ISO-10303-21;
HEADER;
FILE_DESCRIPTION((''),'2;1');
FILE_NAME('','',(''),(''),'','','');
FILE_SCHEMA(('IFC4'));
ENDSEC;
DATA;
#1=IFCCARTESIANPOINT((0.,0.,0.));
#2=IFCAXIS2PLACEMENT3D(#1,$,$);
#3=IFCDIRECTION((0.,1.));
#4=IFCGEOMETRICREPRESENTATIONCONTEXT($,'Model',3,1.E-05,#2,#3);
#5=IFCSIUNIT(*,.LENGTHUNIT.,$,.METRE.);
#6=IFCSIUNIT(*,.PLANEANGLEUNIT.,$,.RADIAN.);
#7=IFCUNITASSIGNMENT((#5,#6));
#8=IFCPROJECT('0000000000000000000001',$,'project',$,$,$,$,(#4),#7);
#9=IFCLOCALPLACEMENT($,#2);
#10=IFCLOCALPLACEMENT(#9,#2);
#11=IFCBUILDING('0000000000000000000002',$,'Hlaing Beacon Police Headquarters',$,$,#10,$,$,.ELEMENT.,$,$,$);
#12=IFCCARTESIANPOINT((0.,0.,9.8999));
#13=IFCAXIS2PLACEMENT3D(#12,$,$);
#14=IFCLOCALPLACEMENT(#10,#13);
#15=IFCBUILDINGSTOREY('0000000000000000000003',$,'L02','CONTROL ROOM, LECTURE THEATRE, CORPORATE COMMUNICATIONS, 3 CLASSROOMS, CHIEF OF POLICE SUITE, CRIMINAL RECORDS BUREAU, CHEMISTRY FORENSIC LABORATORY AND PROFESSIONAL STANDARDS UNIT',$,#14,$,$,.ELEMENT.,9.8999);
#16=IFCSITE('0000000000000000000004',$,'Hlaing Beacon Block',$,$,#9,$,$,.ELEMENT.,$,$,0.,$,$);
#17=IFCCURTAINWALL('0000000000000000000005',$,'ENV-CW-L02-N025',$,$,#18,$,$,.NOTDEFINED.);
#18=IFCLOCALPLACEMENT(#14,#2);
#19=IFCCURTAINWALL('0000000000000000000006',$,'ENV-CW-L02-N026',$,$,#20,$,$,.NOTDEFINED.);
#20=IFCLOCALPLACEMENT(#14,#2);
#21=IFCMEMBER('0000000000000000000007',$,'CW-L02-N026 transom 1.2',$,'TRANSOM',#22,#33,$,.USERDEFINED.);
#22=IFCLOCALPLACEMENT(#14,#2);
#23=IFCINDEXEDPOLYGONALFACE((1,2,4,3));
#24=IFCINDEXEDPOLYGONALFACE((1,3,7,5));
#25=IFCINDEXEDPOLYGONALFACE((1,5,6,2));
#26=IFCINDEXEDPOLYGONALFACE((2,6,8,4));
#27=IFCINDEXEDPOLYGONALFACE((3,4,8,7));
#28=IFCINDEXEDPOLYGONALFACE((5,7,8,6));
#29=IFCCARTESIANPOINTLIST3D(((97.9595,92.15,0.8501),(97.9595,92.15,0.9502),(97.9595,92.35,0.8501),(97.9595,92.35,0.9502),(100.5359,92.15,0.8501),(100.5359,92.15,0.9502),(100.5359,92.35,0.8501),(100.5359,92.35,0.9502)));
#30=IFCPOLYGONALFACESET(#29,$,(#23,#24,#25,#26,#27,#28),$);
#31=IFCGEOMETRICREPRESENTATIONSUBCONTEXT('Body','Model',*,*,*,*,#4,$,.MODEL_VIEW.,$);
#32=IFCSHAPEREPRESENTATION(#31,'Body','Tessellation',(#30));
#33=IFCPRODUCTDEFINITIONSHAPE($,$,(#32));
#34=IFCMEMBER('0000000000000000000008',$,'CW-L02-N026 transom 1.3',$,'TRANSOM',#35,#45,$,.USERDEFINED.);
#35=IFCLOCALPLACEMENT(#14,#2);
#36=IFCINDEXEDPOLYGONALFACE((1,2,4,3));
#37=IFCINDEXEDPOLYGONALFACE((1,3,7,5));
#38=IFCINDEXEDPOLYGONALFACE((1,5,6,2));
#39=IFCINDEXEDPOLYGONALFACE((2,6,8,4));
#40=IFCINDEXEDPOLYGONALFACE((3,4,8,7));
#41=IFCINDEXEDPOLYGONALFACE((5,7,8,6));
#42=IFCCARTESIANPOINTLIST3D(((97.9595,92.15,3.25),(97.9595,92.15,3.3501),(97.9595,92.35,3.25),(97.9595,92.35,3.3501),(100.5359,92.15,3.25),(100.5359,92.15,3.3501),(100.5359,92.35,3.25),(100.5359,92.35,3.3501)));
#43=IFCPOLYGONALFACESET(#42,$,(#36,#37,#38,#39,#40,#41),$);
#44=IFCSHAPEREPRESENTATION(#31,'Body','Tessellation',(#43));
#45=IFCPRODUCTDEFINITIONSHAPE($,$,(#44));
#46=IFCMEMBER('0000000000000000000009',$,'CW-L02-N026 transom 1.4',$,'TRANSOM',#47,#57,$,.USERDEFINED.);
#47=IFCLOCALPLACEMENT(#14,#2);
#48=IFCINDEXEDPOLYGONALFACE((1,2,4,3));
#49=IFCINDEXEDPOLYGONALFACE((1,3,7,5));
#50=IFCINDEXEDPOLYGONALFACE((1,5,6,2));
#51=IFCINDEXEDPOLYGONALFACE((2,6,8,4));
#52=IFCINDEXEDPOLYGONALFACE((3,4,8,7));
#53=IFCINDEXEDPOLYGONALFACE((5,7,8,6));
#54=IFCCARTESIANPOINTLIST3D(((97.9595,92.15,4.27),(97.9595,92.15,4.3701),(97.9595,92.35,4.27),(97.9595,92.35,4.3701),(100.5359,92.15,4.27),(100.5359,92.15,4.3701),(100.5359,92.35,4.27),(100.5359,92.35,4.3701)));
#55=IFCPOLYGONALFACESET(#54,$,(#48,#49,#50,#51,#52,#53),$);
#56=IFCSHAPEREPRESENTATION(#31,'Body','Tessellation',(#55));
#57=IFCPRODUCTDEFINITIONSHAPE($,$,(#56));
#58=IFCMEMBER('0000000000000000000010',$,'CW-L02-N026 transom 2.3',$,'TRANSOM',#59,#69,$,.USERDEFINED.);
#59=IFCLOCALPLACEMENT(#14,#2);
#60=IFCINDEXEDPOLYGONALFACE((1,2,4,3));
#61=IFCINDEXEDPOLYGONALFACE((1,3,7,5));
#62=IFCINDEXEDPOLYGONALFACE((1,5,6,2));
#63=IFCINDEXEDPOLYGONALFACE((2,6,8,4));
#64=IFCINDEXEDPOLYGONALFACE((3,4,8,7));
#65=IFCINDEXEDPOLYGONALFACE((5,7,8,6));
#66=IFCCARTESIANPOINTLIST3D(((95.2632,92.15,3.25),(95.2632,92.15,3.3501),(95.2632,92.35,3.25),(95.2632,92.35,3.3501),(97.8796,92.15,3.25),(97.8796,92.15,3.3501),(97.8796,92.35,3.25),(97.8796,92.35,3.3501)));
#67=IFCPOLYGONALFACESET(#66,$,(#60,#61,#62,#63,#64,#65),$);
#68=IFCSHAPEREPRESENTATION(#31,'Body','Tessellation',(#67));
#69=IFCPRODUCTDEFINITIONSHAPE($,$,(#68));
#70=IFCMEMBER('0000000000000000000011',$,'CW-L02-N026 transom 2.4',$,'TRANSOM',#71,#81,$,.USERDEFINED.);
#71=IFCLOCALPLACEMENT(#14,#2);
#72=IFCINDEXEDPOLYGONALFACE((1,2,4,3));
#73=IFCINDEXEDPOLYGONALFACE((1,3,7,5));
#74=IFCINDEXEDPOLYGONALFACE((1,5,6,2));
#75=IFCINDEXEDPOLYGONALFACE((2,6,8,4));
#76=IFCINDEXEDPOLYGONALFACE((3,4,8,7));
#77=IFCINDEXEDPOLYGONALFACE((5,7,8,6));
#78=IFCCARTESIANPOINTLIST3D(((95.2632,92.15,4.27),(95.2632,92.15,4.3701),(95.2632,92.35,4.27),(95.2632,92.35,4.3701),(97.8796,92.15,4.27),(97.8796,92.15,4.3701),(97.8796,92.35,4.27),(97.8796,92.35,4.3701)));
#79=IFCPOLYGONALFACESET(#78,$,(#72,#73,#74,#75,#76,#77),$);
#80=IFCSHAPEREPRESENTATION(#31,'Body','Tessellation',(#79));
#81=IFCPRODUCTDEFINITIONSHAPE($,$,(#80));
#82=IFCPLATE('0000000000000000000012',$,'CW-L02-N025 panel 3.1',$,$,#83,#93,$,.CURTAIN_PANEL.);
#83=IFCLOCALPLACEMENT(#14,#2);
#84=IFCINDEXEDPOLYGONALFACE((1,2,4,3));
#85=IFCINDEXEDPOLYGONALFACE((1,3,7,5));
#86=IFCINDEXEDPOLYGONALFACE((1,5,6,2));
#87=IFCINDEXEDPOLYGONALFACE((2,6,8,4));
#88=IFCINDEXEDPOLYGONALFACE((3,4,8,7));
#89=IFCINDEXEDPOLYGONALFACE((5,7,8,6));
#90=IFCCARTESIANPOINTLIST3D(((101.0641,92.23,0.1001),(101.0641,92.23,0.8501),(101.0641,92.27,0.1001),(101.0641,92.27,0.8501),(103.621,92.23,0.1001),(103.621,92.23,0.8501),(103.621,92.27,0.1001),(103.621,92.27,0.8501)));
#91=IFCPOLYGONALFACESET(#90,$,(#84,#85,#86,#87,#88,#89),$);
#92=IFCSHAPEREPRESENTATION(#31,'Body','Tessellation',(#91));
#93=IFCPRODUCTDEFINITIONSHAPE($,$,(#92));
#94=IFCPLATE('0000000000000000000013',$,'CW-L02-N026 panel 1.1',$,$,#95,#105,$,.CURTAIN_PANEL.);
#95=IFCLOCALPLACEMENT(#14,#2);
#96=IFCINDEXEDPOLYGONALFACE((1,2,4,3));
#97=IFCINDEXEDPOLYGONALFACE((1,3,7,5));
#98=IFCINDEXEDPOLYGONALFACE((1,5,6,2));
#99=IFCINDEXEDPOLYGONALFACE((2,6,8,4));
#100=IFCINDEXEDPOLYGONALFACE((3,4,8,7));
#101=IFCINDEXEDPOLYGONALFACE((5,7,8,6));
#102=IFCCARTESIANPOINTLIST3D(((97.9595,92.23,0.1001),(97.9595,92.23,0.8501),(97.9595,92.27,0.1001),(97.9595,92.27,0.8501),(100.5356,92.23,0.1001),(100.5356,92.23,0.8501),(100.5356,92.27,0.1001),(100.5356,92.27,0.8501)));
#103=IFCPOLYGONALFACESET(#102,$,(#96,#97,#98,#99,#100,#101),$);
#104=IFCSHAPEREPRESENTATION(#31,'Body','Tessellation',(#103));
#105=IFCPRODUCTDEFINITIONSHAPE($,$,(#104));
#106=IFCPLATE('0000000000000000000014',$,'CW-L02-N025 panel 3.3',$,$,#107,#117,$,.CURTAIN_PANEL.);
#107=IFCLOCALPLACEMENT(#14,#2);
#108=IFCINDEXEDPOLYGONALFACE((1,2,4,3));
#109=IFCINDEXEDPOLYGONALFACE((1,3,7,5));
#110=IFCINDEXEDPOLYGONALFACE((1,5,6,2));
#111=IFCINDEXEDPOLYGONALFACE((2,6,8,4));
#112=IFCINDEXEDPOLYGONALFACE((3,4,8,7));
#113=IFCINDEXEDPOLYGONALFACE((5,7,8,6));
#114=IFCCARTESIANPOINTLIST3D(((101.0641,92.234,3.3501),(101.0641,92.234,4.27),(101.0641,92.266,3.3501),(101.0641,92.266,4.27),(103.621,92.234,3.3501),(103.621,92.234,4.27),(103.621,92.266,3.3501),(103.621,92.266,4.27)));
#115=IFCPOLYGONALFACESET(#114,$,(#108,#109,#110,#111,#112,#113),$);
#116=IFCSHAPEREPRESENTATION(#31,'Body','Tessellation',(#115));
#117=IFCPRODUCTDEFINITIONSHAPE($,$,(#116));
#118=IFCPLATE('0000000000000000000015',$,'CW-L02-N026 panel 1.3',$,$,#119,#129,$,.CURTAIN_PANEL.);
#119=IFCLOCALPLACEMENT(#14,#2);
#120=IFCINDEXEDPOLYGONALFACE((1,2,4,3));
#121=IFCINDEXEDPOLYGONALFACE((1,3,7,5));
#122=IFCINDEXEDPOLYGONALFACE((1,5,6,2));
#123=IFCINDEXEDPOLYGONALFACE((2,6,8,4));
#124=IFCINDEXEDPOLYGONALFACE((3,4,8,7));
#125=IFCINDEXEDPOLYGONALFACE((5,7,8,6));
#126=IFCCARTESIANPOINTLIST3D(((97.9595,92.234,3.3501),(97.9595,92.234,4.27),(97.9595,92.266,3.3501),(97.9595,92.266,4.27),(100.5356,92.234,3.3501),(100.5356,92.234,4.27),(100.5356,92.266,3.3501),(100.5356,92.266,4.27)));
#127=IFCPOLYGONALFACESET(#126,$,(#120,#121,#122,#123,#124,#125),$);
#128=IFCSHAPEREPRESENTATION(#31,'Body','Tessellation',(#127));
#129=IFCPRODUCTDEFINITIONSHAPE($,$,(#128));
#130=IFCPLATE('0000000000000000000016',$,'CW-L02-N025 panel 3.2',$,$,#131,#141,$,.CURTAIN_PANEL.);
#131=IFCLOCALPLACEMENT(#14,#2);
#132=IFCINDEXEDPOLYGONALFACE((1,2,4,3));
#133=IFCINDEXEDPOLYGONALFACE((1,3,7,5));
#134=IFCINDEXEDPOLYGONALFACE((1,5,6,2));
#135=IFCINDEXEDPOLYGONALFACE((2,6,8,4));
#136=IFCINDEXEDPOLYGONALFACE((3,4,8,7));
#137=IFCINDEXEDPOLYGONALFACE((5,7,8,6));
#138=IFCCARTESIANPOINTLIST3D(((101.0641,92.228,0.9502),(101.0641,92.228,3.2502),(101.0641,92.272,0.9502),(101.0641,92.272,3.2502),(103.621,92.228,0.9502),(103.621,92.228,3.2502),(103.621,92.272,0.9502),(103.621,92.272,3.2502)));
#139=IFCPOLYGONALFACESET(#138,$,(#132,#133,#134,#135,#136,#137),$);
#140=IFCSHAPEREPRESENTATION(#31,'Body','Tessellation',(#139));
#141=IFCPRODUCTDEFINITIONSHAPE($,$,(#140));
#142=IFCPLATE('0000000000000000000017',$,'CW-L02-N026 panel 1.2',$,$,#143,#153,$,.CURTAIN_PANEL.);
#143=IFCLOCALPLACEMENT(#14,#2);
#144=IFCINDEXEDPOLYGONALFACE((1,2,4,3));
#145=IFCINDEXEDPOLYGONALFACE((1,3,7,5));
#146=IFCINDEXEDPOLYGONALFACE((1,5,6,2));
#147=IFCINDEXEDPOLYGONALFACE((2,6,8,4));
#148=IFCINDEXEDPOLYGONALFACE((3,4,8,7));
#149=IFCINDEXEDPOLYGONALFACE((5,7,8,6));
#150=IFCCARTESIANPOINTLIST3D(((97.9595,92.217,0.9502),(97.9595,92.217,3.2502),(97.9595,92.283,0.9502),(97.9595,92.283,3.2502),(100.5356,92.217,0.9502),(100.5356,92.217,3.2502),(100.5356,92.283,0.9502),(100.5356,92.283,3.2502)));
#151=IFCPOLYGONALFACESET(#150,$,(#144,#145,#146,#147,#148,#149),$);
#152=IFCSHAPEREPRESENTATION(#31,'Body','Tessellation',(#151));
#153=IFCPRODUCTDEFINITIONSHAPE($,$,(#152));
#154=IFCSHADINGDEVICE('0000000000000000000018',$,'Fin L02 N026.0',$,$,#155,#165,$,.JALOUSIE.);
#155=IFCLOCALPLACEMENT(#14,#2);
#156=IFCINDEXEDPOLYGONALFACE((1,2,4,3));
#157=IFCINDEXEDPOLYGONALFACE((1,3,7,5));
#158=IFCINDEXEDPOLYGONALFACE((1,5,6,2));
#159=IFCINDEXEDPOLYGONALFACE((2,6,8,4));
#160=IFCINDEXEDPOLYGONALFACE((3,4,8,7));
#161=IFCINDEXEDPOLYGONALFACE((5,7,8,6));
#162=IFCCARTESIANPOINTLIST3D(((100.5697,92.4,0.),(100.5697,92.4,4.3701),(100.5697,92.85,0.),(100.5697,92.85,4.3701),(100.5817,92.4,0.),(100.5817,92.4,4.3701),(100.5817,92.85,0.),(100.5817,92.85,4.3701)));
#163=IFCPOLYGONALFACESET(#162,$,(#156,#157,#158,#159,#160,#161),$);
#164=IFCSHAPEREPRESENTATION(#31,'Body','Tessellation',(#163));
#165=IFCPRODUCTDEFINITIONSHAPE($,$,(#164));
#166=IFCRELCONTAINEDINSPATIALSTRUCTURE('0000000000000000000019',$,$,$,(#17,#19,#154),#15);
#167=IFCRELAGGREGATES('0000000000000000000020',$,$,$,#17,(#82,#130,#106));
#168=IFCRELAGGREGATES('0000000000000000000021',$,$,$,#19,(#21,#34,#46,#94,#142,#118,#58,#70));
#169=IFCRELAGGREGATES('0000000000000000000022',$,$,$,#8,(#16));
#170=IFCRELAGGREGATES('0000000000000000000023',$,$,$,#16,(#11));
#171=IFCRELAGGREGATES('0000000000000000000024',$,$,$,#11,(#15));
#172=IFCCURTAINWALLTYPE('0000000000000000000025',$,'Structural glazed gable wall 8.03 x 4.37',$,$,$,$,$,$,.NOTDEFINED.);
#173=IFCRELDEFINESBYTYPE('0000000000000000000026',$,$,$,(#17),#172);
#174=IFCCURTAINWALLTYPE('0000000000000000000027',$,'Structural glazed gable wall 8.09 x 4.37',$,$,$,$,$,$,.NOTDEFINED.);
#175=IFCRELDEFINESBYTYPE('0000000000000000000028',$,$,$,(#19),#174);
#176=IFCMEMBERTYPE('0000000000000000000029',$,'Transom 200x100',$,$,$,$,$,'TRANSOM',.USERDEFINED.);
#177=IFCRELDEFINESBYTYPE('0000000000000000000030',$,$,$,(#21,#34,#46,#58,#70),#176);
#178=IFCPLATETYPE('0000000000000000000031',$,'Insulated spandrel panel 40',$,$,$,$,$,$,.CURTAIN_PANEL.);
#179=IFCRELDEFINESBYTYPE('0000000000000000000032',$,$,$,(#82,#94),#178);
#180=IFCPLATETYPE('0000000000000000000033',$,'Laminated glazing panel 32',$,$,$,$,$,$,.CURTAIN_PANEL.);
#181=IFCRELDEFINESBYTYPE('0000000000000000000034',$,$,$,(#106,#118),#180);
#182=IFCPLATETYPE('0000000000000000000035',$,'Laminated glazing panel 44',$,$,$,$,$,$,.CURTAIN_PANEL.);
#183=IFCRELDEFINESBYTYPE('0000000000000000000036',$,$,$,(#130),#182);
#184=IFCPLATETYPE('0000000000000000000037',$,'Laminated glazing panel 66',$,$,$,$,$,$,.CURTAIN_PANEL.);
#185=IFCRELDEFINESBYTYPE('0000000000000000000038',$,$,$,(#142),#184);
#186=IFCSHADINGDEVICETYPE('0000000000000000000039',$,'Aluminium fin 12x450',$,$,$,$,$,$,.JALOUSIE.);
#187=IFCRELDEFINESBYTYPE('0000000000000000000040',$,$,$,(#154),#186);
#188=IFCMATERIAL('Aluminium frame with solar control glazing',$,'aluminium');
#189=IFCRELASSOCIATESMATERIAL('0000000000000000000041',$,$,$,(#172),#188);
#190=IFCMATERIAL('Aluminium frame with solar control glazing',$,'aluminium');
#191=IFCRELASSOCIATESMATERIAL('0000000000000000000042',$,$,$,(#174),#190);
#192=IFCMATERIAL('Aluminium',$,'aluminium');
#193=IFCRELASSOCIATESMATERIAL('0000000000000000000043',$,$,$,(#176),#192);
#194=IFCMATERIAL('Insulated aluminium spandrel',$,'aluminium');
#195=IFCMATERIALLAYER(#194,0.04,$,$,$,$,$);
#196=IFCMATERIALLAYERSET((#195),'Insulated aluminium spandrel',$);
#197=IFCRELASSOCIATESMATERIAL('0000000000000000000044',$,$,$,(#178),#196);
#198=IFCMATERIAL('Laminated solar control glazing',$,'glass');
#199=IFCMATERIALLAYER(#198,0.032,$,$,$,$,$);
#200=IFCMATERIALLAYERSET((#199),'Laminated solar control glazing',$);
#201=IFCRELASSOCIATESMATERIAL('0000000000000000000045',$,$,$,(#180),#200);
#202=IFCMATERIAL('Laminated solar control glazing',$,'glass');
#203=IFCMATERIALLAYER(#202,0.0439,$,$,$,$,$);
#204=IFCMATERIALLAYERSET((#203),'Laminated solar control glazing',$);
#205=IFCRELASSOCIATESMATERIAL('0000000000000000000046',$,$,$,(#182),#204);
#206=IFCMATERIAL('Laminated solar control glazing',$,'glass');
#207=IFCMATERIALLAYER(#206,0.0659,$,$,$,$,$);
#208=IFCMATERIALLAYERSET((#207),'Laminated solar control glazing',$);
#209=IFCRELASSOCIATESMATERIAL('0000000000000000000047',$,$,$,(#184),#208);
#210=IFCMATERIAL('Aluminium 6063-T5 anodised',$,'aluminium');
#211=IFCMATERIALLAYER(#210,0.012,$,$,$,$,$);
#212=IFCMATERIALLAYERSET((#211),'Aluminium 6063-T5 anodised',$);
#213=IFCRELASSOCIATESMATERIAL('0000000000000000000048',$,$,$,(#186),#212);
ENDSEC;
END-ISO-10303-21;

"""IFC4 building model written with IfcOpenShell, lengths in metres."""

from ifc_helpers import new_model, si_unit, direction, frame, origin, origin_2d, place, context, subcontext, project, spatial, rectangle, extrude, material, layer, layer_set, material_profile, profile_set, type_object, element, aggregate, save


model = new_model("IFC4")

# Units and contexts
model_context = context("Model", 3, precision=1e-05, world=origin(), true_north=direction((0.0, 1.0)))
body_context = subcontext(model_context, "Body", "Model", "MODEL_VIEW")
ifc_project = project(units=[si_unit("LENGTHUNIT", "METRE"), si_unit("PLANEANGLEUNIT", "RADIAN")], contexts=[model_context])

# Site, building, storey
site_placement = place(None, origin())
site = spatial("IfcSite", under=ifc_project, at=site_placement, Name="Hlaing Beacon Block", CompositionType="ELEMENT", RefElevation=0.0)
building_placement = place(site_placement, origin())
building = spatial("IfcBuilding", under=site, at=building_placement, Name="Hlaing Beacon Police Headquarters", CompositionType="ELEMENT")
storey_placement = place(building_placement, frame((0.0, 0.0, 9.8999)))
storey = spatial("IfcBuildingStorey", under=building, at=storey_placement, Name="L02", Description="CONTROL ROOM, LECTURE THEATRE, CORPORATE COMMUNICATIONS, 3 CLASSROOMS, CHIEF OF POLICE SUITE, CRIMINAL RECORDS BUREAU, CHEMISTRY FORENSIC LABORATORY AND PROFESSIONAL STANDARDS UNIT", CompositionType="ELEMENT", Elevation=9.8999)

# Curtain wall
ifc_material_1 = material(Name="Aluminium frame with solar control glazing", Category="aluminium")
curtain_wall_type_1 = type_object("IfcCurtainWallType", Name="Structural glazed gable wall 8.03 x 4.37", PredefinedType="NOTDEFINED", material=ifc_material_1)
curtain_wall_1_placement = place(storey_placement, origin())
curtain_wall_1 = element("IfcCurtainWall", 1, at=curtain_wall_1_placement, inside=storey, type_object=curtain_wall_type_1, Name="ENV-CW-L02-N025", PredefinedType="NOTDEFINED")

# Curtain wall
ifc_material_2 = material(Name="Aluminium frame with solar control glazing", Category="aluminium")
curtain_wall_type_2 = type_object("IfcCurtainWallType", Name="Structural glazed gable wall 8.09 x 4.37", PredefinedType="NOTDEFINED", material=ifc_material_2)
curtain_wall_2_placement = place(storey_placement, origin())
curtain_wall_2 = element("IfcCurtainWall", 2, at=curtain_wall_2_placement, inside=storey, type_object=curtain_wall_type_2, Name="ENV-CW-L02-N026", PredefinedType="NOTDEFINED")

# Members
ifc_material_3 = material(Name="Aluminium", Category="aluminium")
ifc_material_profile_1 = material_profile(ifc_material_3, rectangle(XDim=0.2, YDim=0.1001, at=origin_2d()), Name="Transom 200x100")
ifc_profile_set_1 = profile_set([ifc_material_profile_1], Name="Aluminium")
member_type_1 = type_object("IfcMemberType", Name="Transom 200x100", ElementType="TRANSOM", PredefinedType="USERDEFINED", material=ifc_profile_set_1)
member_1_placement = place(storey_placement, frame((100.5359, 92.25, 0.9001), z_axis=(-1.0, 0.0, 0.0), x_axis=(0.0, -1.0, 0.0)))
member_1 = element("IfcMember", 3, at=member_1_placement, type_object=member_type_1, Name="CW-L02-N026 transom 1.2", ObjectType="TRANSOM", PredefinedType="USERDEFINED", context=body_context, shape_type="SweptSolid", body=[
    extrude(rectangle(XDim=0.2, YDim=0.1001, at=origin_2d()), origin(), (0.0, 0.0, 1.0), 2.5764),
])
member_2_placement = place(storey_placement, frame((100.5359, 92.25, 3.3), z_axis=(-1.0, 0.0, 0.0), x_axis=(0.0, -1.0, 0.0)))
member_2 = element("IfcMember", 4, at=member_2_placement, type_object=member_type_1, Name="CW-L02-N026 transom 1.3", ObjectType="TRANSOM", PredefinedType="USERDEFINED", context=body_context, shape_type="SweptSolid", body=[
    extrude(rectangle(XDim=0.2, YDim=0.1001, at=origin_2d()), origin(), (0.0, 0.0, 1.0), 2.5764),
])
member_3_placement = place(storey_placement, frame((100.5359, 92.25, 4.3201), z_axis=(-1.0, 0.0, 0.0), x_axis=(0.0, -1.0, 0.0)))
member_3 = element("IfcMember", 5, at=member_3_placement, type_object=member_type_1, Name="CW-L02-N026 transom 1.4", ObjectType="TRANSOM", PredefinedType="USERDEFINED", context=body_context, shape_type="SweptSolid", body=[
    extrude(rectangle(XDim=0.2, YDim=0.1001, at=origin_2d()), origin(), (0.0, 0.0, 1.0), 2.5764),
])
member_4_placement = place(storey_placement, frame((97.8796, 92.25, 3.3), z_axis=(-1.0, 0.0, 0.0), x_axis=(0.0, -1.0, 0.0)))
member_4 = element("IfcMember", 6, at=member_4_placement, type_object=member_type_1, Name="CW-L02-N026 transom 2.3", ObjectType="TRANSOM", PredefinedType="USERDEFINED", context=body_context, shape_type="SweptSolid", body=[
    extrude(rectangle(XDim=0.2, YDim=0.1001, at=origin_2d()), origin(), (0.0, 0.0, 1.0), 2.6165),
])
member_5_placement = place(storey_placement, frame((97.8796, 92.25, 4.3201), z_axis=(-1.0, 0.0, 0.0), x_axis=(0.0, -1.0, 0.0)))
member_5 = element("IfcMember", 7, at=member_5_placement, type_object=member_type_1, Name="CW-L02-N026 transom 2.4", ObjectType="TRANSOM", PredefinedType="USERDEFINED", context=body_context, shape_type="SweptSolid", body=[
    extrude(rectangle(XDim=0.2, YDim=0.1001, at=origin_2d()), origin(), (0.0, 0.0, 1.0), 2.6165),
])

# Plates
ifc_material_4 = material(Name="Insulated aluminium spandrel", Category="aluminium")
ifc_layer_1 = layer(ifc_material_4, 0.04)
ifc_layer_set_1 = layer_set([ifc_layer_1], Name="Insulated aluminium spandrel")
plate_type_1 = type_object("IfcPlateType", Name="Insulated spandrel panel 40", PredefinedType="CURTAIN_PANEL", material=ifc_layer_set_1)
plate_1_placement = place(storey_placement, frame((102.3425, 92.25, 0.1001), z_axis=(0.0, 0.0, 1.0), x_axis=(-1.0, 0.0, 0.0)))
plate_1 = element("IfcPlate", 8, at=plate_1_placement, type_object=plate_type_1, Name="CW-L02-N025 panel 3.1", PredefinedType="CURTAIN_PANEL", context=body_context, shape_type="SweptSolid", body=[
    extrude(rectangle(XDim=2.5569, YDim=0.04, at=origin_2d()), origin(), (0.0, 0.0, 1.0), 0.75),
])
plate_2_placement = place(storey_placement, frame((99.2476, 92.25, 0.1001), z_axis=(0.0, 0.0, 1.0), x_axis=(-1.0, 0.0, 0.0)))
plate_2 = element("IfcPlate", 9, at=plate_2_placement, type_object=plate_type_1, Name="CW-L02-N026 panel 1.1", PredefinedType="CURTAIN_PANEL", context=body_context, shape_type="SweptSolid", body=[
    extrude(rectangle(XDim=2.5762, YDim=0.04, at=origin_2d()), origin(), (0.0, 0.0, 1.0), 0.75),
])
ifc_material_5 = material(Name="Laminated solar control glazing", Category="glass")
ifc_layer_2 = layer(ifc_material_5, 0.032)
ifc_layer_set_2 = layer_set([ifc_layer_2], Name="Laminated solar control glazing")
plate_type_2 = type_object("IfcPlateType", Name="Laminated glazing panel 32", PredefinedType="CURTAIN_PANEL", material=ifc_layer_set_2)
plate_3_placement = place(storey_placement, frame((102.3425, 92.25, 3.3501), z_axis=(0.0, 0.0, 1.0), x_axis=(-1.0, 0.0, 0.0)))
plate_3 = element("IfcPlate", 10, at=plate_3_placement, type_object=plate_type_2, Name="CW-L02-N025 panel 3.3", PredefinedType="CURTAIN_PANEL", context=body_context, shape_type="SweptSolid", body=[
    extrude(rectangle(XDim=2.5569, YDim=0.032, at=origin_2d()), origin(), (0.0, 0.0, 1.0), 0.9199),
])
plate_4_placement = place(storey_placement, frame((99.2476, 92.25, 3.3501), z_axis=(0.0, 0.0, 1.0), x_axis=(-1.0, 0.0, 0.0)))
plate_4 = element("IfcPlate", 11, at=plate_4_placement, type_object=plate_type_2, Name="CW-L02-N026 panel 1.3", PredefinedType="CURTAIN_PANEL", context=body_context, shape_type="SweptSolid", body=[
    extrude(rectangle(XDim=2.5762, YDim=0.032, at=origin_2d()), origin(), (0.0, 0.0, 1.0), 0.9199),
])
ifc_material_6 = material(Name="Laminated solar control glazing", Category="glass")
ifc_layer_3 = layer(ifc_material_6, 0.0439)
ifc_layer_set_3 = layer_set([ifc_layer_3], Name="Laminated solar control glazing")
plate_type_3 = type_object("IfcPlateType", Name="Laminated glazing panel 44", PredefinedType="CURTAIN_PANEL", material=ifc_layer_set_3)
plate_5_placement = place(storey_placement, frame((102.3425, 92.25, 0.9502), z_axis=(0.0, 0.0, 1.0), x_axis=(-1.0, 0.0, 0.0)))
plate_5 = element("IfcPlate", 12, at=plate_5_placement, type_object=plate_type_3, Name="CW-L02-N025 panel 3.2", PredefinedType="CURTAIN_PANEL", context=body_context, shape_type="SweptSolid", body=[
    extrude(rectangle(XDim=2.5569, YDim=0.0439, at=origin_2d()), origin(), (0.0, 0.0, 1.0), 2.3),
])
aggregate(curtain_wall_1, [plate_1, plate_5, plate_3])
ifc_material_7 = material(Name="Laminated solar control glazing", Category="glass")
ifc_layer_4 = layer(ifc_material_7, 0.0659)
ifc_layer_set_4 = layer_set([ifc_layer_4], Name="Laminated solar control glazing")
plate_type_4 = type_object("IfcPlateType", Name="Laminated glazing panel 66", PredefinedType="CURTAIN_PANEL", material=ifc_layer_set_4)
plate_6_placement = place(storey_placement, frame((99.2476, 92.25, 0.9502), z_axis=(0.0, 0.0, 1.0), x_axis=(-1.0, 0.0, 0.0)))
plate_6 = element("IfcPlate", 13, at=plate_6_placement, type_object=plate_type_4, Name="CW-L02-N026 panel 1.2", PredefinedType="CURTAIN_PANEL", context=body_context, shape_type="SweptSolid", body=[
    extrude(rectangle(XDim=2.5762, YDim=0.0659, at=origin_2d()), origin(), (0.0, 0.0, 1.0), 2.3),
])
aggregate(curtain_wall_2, [member_1, member_2, member_3, plate_2, plate_6, plate_4, member_4, member_5])

# Shading device
ifc_material_8 = material(Name="Aluminium 6063-T5 anodised", Category="aluminium")
ifc_layer_5 = layer(ifc_material_8, 0.012)
ifc_layer_set_5 = layer_set([ifc_layer_5], Name="Aluminium 6063-T5 anodised")
shading_device_type = type_object("IfcShadingDeviceType", Name="Aluminium fin 12x450", PredefinedType="JALOUSIE", material=ifc_layer_set_5)
shading_device_placement = place(storey_placement, frame((100.5757, 92.625, 0.0), z_axis=(0.0, 0.0, 1.0), x_axis=(-1.0, 0.0, 0.0)))
element("IfcShadingDevice", 14, at=shading_device_placement, inside=storey, type_object=shading_device_type, Name="Fin L02 N026.0", PredefinedType="JALOUSIE", context=body_context, shape_type="SweptSolid", body=[
    extrude(rectangle(XDim=0.012, YDim=0.45, at=origin_2d()), origin(), (0.0, 0.0, 1.0), 4.3701),
])

save(model, "model.ifc")
